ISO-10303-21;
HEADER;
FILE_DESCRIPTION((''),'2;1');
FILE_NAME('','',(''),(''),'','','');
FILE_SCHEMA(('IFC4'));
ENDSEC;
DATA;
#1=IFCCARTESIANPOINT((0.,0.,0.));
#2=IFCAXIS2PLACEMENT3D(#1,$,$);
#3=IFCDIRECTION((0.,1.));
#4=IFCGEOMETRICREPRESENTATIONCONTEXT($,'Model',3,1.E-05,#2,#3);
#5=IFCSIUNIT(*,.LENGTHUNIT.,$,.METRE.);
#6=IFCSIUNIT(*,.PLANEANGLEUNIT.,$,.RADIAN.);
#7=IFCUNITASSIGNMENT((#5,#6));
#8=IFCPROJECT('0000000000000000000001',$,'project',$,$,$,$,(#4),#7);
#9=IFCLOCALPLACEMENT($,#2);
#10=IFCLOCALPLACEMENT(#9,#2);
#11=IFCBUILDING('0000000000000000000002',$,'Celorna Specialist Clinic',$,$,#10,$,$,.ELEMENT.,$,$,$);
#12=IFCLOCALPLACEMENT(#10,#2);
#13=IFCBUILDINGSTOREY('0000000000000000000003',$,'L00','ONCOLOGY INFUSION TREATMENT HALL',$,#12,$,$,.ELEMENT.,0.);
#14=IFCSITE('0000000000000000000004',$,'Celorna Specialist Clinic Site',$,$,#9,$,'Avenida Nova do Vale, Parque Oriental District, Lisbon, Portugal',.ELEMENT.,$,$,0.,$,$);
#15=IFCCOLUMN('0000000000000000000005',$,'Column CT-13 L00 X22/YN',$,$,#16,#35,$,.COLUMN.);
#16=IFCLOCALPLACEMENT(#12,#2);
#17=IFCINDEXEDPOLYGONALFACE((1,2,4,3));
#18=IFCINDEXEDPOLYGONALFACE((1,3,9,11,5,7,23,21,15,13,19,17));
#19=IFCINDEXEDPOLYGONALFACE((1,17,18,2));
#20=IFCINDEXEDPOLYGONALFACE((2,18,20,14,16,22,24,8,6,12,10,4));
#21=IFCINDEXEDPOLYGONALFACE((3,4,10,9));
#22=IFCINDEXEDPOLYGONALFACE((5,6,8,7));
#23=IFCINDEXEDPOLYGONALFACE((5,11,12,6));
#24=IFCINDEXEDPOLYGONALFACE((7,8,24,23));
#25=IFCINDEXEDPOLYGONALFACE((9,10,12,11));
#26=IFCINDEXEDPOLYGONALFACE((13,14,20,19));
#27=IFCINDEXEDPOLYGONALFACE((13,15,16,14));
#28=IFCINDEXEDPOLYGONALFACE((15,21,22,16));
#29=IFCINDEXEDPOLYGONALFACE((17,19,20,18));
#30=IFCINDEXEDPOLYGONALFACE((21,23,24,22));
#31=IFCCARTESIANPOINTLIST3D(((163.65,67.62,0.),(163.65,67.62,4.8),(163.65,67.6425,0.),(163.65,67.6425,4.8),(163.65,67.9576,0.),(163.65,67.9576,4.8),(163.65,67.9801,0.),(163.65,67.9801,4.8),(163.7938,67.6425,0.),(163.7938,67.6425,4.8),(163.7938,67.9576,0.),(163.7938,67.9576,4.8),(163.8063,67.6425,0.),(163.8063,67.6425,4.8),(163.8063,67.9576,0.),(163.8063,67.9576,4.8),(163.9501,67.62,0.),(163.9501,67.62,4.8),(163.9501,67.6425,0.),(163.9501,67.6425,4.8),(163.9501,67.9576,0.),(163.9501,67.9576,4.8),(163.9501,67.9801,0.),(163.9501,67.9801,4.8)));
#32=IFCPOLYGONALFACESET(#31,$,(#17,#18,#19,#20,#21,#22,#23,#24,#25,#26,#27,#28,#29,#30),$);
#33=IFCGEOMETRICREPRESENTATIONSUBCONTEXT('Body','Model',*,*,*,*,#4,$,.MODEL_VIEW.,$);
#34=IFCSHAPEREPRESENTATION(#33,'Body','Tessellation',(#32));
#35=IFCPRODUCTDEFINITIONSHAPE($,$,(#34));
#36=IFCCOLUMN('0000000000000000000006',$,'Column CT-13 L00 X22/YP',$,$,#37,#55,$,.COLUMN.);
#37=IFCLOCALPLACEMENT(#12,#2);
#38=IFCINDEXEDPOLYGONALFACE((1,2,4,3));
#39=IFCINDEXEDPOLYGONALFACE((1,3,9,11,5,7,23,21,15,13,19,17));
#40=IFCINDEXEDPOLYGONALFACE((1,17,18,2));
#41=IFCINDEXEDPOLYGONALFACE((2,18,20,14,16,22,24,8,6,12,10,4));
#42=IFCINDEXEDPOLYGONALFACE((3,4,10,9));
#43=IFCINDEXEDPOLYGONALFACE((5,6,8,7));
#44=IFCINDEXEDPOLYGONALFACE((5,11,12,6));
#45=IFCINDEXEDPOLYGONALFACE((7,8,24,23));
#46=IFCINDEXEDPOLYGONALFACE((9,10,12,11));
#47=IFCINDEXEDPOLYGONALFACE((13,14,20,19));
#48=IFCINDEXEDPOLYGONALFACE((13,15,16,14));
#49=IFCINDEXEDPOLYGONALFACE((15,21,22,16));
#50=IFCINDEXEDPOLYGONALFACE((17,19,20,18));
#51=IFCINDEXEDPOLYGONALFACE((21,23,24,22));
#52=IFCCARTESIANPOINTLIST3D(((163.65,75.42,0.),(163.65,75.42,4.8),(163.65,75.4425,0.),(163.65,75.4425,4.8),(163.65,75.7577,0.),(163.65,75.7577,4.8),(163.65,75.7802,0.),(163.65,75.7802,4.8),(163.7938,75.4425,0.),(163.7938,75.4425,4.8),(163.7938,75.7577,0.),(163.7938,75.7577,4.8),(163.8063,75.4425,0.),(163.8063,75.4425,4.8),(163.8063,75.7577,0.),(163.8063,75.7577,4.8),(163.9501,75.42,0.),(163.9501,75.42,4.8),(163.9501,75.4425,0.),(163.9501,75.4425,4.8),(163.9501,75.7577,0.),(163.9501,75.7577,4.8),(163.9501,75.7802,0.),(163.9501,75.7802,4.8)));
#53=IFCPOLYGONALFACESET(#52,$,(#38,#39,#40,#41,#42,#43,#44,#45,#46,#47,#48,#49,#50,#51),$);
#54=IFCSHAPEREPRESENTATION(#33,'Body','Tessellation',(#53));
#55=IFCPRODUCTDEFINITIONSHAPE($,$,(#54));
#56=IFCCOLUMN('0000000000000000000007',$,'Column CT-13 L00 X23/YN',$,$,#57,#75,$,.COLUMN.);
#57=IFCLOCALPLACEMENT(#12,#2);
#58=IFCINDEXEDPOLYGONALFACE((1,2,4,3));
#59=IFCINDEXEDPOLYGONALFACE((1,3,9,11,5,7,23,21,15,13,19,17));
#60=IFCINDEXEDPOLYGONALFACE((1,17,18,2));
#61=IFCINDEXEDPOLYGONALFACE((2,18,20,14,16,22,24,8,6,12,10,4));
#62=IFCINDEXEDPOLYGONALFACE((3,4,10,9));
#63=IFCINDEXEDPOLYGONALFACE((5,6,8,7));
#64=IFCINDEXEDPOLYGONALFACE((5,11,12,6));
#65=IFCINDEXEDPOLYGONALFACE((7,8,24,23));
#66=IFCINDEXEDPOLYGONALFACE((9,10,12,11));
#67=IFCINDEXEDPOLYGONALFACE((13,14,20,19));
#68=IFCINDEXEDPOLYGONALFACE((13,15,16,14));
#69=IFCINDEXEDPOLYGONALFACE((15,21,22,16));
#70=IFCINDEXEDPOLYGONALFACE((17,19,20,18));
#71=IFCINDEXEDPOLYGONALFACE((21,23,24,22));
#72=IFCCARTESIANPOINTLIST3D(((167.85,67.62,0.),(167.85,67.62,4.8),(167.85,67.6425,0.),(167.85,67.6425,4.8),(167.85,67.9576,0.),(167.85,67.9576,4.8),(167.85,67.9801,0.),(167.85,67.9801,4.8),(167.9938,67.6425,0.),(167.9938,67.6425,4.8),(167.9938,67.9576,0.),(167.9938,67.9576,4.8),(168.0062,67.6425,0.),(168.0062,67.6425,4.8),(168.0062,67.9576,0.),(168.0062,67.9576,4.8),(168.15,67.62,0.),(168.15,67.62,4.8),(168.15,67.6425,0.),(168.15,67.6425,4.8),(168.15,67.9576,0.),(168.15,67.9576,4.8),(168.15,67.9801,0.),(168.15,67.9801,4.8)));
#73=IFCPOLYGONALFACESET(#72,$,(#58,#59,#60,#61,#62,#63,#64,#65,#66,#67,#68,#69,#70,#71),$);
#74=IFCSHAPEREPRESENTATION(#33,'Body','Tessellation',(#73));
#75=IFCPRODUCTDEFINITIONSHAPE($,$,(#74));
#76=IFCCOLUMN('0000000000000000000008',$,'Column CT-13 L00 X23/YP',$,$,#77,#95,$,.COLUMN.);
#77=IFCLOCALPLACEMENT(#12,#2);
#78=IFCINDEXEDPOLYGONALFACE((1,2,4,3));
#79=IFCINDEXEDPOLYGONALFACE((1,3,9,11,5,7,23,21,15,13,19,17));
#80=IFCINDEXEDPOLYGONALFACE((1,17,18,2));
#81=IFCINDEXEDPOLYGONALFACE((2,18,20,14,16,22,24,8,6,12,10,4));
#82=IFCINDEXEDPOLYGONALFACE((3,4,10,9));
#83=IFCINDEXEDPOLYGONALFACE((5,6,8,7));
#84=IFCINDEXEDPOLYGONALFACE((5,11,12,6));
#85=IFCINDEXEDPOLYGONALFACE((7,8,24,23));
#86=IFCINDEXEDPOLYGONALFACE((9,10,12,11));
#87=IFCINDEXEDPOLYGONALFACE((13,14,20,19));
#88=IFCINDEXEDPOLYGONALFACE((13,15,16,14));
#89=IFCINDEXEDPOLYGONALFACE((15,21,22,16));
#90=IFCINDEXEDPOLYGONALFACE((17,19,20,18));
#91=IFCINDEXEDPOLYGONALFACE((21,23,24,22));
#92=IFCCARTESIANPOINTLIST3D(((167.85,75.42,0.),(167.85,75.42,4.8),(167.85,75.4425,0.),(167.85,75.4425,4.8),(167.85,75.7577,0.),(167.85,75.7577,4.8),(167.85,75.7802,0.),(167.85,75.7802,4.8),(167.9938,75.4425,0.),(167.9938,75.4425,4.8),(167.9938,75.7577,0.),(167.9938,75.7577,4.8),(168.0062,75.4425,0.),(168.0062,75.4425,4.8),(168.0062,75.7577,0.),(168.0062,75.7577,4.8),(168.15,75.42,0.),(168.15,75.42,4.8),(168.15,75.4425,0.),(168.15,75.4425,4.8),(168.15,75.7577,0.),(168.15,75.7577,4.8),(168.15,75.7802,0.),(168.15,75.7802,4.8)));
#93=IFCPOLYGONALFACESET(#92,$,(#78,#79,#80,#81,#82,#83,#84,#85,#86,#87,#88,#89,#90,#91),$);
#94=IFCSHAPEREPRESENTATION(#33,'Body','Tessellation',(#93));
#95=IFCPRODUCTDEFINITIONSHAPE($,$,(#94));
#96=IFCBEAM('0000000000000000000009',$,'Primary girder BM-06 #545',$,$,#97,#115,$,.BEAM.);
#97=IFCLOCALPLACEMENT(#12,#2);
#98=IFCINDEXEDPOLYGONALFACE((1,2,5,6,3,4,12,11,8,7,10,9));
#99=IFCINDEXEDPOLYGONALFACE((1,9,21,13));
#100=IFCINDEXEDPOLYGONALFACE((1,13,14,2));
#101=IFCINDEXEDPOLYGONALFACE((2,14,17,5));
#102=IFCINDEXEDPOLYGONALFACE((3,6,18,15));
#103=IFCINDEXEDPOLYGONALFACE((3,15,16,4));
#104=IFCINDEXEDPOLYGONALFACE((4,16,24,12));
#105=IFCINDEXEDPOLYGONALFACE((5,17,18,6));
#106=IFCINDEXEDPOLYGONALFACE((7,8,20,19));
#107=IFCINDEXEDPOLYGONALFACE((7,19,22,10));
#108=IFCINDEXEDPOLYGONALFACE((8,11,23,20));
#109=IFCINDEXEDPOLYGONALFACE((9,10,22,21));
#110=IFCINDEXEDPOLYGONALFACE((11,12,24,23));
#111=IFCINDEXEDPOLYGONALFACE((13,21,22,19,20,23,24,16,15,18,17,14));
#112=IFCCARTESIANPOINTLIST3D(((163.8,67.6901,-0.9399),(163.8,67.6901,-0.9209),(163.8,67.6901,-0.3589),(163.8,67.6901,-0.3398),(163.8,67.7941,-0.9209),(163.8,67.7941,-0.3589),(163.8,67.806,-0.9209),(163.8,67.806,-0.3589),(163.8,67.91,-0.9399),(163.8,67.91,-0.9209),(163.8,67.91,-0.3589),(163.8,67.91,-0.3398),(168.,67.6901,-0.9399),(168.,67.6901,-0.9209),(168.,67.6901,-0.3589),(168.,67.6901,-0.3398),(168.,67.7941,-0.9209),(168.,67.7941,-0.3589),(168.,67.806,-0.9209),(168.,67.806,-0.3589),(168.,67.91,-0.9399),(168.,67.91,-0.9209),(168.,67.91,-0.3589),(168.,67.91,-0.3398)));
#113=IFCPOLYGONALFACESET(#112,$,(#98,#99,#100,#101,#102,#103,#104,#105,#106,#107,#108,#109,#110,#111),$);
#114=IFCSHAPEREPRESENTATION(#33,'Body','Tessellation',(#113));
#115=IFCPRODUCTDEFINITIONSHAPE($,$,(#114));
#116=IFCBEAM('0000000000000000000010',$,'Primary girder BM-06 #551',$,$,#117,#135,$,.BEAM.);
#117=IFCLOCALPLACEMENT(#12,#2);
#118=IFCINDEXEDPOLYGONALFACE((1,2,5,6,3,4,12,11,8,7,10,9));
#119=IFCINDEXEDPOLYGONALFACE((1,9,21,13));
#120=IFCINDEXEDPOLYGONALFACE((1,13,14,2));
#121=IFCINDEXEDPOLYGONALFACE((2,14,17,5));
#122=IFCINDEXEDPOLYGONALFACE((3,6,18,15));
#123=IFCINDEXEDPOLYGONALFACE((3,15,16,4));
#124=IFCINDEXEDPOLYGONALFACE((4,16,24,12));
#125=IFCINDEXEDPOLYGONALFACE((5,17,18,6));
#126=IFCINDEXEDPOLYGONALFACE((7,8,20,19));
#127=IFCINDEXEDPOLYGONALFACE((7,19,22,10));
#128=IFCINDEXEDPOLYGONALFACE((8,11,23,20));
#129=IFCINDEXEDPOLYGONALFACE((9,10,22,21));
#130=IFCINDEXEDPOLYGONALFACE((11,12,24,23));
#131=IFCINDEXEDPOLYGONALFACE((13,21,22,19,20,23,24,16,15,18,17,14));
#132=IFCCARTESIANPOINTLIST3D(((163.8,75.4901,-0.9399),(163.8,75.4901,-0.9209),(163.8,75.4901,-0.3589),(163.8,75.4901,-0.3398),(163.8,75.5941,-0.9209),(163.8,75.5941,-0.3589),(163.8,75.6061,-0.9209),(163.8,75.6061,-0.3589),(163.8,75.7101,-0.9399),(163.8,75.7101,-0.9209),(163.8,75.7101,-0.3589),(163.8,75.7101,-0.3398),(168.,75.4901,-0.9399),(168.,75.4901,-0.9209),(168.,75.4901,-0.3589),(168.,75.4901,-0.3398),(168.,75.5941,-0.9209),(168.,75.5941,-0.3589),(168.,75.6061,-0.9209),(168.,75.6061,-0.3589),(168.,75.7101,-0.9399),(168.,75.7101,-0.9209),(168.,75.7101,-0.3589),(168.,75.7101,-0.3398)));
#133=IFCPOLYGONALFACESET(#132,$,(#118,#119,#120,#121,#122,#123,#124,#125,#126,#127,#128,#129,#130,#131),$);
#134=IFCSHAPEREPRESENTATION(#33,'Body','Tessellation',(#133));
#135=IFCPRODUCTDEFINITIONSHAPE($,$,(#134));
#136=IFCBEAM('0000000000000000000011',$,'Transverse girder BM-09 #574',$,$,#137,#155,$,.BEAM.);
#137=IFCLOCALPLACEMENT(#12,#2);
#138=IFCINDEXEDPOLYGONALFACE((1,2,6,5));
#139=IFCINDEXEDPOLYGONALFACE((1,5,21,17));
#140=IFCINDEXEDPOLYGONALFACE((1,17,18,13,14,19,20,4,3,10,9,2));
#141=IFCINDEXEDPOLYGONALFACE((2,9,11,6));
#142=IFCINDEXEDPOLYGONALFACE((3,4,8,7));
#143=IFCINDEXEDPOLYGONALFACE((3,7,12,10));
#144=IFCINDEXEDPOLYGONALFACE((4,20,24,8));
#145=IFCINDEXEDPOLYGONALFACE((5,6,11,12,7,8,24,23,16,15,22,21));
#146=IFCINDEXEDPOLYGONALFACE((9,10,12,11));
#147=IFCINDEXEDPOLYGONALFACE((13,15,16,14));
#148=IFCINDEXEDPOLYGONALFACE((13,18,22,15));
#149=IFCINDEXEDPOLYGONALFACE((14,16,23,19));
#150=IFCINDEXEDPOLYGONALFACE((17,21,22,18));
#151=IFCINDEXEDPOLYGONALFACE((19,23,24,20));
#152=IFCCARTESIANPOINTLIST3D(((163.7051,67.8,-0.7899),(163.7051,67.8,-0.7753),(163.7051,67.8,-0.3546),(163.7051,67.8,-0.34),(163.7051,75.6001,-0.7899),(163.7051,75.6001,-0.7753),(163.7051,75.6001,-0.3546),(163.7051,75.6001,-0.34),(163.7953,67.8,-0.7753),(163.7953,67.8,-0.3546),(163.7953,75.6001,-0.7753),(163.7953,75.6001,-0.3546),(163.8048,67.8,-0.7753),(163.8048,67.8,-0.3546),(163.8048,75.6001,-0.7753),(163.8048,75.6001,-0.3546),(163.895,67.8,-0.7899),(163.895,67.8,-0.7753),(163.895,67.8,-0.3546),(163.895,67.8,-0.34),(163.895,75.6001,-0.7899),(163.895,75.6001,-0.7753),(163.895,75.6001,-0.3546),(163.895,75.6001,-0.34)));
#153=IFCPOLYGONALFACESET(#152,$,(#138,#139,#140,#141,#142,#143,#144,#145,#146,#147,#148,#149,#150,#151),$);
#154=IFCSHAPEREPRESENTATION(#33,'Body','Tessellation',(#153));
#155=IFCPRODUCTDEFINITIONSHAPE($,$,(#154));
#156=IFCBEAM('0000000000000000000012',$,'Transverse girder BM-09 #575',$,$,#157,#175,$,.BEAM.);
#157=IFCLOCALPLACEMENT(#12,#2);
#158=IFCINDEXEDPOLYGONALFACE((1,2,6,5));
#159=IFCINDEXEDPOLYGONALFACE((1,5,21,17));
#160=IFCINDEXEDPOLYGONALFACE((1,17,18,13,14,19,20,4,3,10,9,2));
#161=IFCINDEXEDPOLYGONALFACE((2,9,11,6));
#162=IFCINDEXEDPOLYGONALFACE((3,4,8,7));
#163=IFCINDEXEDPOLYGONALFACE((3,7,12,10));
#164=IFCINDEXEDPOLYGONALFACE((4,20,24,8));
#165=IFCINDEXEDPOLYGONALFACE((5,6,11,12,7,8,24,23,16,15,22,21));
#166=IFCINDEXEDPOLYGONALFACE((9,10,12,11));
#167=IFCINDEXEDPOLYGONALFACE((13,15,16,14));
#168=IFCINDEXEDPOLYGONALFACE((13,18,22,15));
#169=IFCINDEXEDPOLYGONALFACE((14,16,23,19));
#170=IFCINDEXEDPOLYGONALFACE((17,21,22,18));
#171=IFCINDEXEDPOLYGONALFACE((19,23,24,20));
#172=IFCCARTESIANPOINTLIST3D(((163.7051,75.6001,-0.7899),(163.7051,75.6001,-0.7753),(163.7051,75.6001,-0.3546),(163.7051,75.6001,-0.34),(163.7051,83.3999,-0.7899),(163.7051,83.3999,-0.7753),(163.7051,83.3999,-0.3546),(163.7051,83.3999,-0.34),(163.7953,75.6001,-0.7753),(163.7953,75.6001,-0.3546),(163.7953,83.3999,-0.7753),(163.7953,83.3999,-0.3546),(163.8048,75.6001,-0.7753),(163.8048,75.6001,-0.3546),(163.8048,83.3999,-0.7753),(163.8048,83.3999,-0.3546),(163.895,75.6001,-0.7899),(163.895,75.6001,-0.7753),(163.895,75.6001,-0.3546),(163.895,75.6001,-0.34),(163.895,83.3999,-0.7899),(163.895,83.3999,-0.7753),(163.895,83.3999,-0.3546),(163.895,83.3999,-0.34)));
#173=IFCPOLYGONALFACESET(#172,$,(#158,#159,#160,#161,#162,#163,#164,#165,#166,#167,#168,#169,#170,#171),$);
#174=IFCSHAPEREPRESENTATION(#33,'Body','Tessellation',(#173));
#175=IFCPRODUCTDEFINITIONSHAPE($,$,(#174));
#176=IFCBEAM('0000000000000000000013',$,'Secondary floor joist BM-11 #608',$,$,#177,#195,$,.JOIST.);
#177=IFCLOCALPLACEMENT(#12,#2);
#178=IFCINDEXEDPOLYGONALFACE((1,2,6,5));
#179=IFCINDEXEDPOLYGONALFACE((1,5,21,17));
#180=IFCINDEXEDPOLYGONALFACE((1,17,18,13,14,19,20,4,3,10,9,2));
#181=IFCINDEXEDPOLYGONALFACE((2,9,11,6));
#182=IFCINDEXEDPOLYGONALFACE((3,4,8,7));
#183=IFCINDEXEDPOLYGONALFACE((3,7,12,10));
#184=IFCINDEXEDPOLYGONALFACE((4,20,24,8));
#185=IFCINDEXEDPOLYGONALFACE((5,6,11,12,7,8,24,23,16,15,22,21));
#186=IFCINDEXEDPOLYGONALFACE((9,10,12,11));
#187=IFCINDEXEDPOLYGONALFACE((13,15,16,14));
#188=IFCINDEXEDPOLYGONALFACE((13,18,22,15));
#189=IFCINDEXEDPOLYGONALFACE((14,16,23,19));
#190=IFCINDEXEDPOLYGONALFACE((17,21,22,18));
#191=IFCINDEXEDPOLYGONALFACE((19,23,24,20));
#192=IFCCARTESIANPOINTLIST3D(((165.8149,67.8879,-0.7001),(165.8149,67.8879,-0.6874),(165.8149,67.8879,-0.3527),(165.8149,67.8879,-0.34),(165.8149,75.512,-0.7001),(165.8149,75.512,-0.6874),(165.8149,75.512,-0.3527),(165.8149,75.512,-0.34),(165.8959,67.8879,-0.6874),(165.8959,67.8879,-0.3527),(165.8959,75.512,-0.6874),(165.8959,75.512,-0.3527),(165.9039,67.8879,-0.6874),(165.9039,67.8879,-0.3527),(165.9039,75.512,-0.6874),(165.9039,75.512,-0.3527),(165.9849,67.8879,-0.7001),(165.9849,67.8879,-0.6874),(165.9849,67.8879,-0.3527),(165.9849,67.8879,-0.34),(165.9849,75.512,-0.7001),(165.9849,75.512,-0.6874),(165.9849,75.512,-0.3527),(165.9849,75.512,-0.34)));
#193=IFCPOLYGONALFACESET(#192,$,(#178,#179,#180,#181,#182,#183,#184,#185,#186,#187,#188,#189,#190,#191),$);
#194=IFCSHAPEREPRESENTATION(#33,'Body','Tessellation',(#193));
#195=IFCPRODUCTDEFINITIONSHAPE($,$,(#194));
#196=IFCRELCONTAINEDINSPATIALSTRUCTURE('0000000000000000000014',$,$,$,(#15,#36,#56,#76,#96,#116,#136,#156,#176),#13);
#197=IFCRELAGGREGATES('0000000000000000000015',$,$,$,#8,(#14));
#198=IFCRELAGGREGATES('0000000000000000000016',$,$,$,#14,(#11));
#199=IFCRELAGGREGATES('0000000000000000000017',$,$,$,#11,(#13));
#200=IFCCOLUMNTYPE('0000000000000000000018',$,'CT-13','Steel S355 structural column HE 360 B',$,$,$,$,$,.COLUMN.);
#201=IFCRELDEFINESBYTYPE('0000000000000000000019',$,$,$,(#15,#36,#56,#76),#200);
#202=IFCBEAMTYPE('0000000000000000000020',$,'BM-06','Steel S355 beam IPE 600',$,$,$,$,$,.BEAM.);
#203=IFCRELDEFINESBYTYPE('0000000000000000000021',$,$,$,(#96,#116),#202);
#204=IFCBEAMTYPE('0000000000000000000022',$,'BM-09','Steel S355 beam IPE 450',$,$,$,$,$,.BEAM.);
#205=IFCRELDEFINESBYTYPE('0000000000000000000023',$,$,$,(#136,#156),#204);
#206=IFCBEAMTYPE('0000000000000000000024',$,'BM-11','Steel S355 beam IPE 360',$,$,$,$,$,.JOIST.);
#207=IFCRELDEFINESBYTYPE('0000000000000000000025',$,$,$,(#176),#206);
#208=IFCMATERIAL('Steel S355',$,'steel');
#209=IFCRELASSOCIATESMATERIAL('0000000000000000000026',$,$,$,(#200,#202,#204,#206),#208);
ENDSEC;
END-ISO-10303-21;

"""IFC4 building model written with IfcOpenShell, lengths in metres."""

from ifc_helpers import new_model, si_unit, direction, frame, origin, origin_2d, place, context, subcontext, project, spatial, i_section, extrude, material, material_profile, profile_set, type_object, element, save


model = new_model("IFC4")

# Units and contexts
model_context = context("Model", 3, precision=1e-05, world=origin(), true_north=direction((0.0, 1.0)))
body_context = subcontext(model_context, "Body", "Model", "MODEL_VIEW")
ifc_project = project(units=[si_unit("LENGTHUNIT", "METRE"), si_unit("PLANEANGLEUNIT", "RADIAN")], contexts=[model_context])

# Site, building, storey
site_placement = place(None, origin())
site = spatial("IfcSite", under=ifc_project, at=site_placement, Name="Celorna Specialist Clinic Site", LongName="Avenida Nova do Vale, Parque Oriental District, Lisbon, Portugal", CompositionType="ELEMENT", RefElevation=0.0)
building_placement = place(site_placement, origin())
building = spatial("IfcBuilding", under=site, at=building_placement, Name="Celorna Specialist Clinic", CompositionType="ELEMENT")
storey_placement = place(building_placement, origin())
storey = spatial("IfcBuildingStorey", under=building, at=storey_placement, Name="L00", Description="ONCOLOGY INFUSION TREATMENT HALL", CompositionType="ELEMENT", Elevation=0.0)

# Columns
ifc_material_1 = material(Name="Steel S355", Category="steel")
ifc_material_profile_1 = material_profile(ifc_material_1, i_section(OverallWidth=0.3, OverallDepth=0.3601, WebThickness=0.0125, FlangeThickness=0.0225, at=origin_2d()), Name="HE 360 B")
ifc_profile_set_1 = profile_set([ifc_material_profile_1], Name="Steel S355")
column_type = type_object("IfcColumnType", Name="CT-13", Description="Steel S355 structural column HE 360 B", PredefinedType="COLUMN", material=ifc_profile_set_1)
for number, where, z_axis, x_axis, name in (
    (1, (163.8, 67.8, 0.0), (0.0, 0.0, 1.0), (1.0, 0.0, 0.0), "Column CT-13 L00 X22/YN"),
    (2, (163.8, 75.6001, 0.0), (0.0, 0.0, 1.0), (1.0, 0.0, 0.0), "Column CT-13 L00 X22/YP"),
    (3, (168.0, 67.8, 0.0), (0.0, 0.0, 1.0), (1.0, 0.0, 0.0), "Column CT-13 L00 X23/YN"),
    (4, (168.0, 75.6001, 0.0), (0.0, 0.0, 1.0), (1.0, 0.0, 0.0), "Column CT-13 L00 X23/YP"),
):
    element("IfcColumn", number, at=place(storey_placement, frame(where, z_axis=z_axis, x_axis=x_axis)), inside=storey, type_object=column_type, Name=name, PredefinedType="COLUMN", context=body_context, shape_type="SweptSolid", body=[
        extrude(i_section(OverallWidth=0.3, OverallDepth=0.3601, WebThickness=0.0125, FlangeThickness=0.0225, at=origin_2d()), origin(), (0.0, 0.0, 1.0), 4.8),
    ])

# Beams
ifc_material_profile_2 = material_profile(ifc_material_1, i_section(OverallWidth=0.22, OverallDepth=0.6001, WebThickness=0.012, FlangeThickness=0.019, at=origin_2d()), Name="IPE 600")
ifc_profile_set_2 = profile_set([ifc_material_profile_2], Name="Steel S355")
beam_type_1 = type_object("IfcBeamType", Name="BM-06", Description="Steel S355 beam IPE 600", PredefinedType="BEAM", material=ifc_profile_set_2)
for number, where, z_axis, x_axis, name in (
    (5, (163.8, 67.8, -0.6399), (1.0, 0.0, 0.0), (0.0, 1.0, 0.0), "Primary girder BM-06 #545"),
    (6, (163.8, 75.6001, -0.6399), (1.0, 0.0, 0.0), (0.0, 1.0, 0.0), "Primary girder BM-06 #551"),
):
    element("IfcBeam", number, at=place(storey_placement, frame(where, z_axis=z_axis, x_axis=x_axis)), inside=storey, type_object=beam_type_1, Name=name, PredefinedType="BEAM", context=body_context, shape_type="SweptSolid", body=[
        extrude(i_section(OverallWidth=0.22, OverallDepth=0.6001, WebThickness=0.012, FlangeThickness=0.019, at=origin_2d()), origin(), (0.0, 0.0, 1.0), 4.2),
    ])
ifc_material_profile_3 = material_profile(ifc_material_1, i_section(OverallWidth=0.1899, OverallDepth=0.45, WebThickness=0.0095, FlangeThickness=0.0146, at=origin_2d()), Name="IPE 450")
ifc_profile_set_3 = profile_set([ifc_material_profile_3], Name="Steel S355")
beam_type_2 = type_object("IfcBeamType", Name="BM-09", Description="Steel S355 beam IPE 450", PredefinedType="BEAM", material=ifc_profile_set_3)
beam_1_placement = place(storey_placement, frame((163.8, 67.8, -0.5649), z_axis=(0.0, 1.0, 0.0), x_axis=(-1.0, 0.0, 0.0)))
element("IfcBeam", 7, at=beam_1_placement, inside=storey, type_object=beam_type_2, Name="Transverse girder BM-09 #574", PredefinedType="BEAM", context=body_context, shape_type="SweptSolid", body=[
    extrude(i_section(OverallWidth=0.1899, OverallDepth=0.45, WebThickness=0.0095, FlangeThickness=0.0146, at=origin_2d()), origin(), (0.0, 0.0, 1.0), 7.8),
])
beam_2_placement = place(storey_placement, frame((163.8, 75.6001, -0.5649), z_axis=(0.0, 1.0, 0.0), x_axis=(-1.0, 0.0, 0.0)))
element("IfcBeam", 8, at=beam_2_placement, inside=storey, type_object=beam_type_2, Name="Transverse girder BM-09 #575", PredefinedType="BEAM", context=body_context, shape_type="SweptSolid", body=[
    extrude(i_section(OverallWidth=0.1899, OverallDepth=0.45, WebThickness=0.0095, FlangeThickness=0.0146, at=origin_2d()), origin(), (0.0, 0.0, 1.0), 7.7998),
])
ifc_material_profile_4 = material_profile(ifc_material_1, i_section(OverallWidth=0.1699, OverallDepth=0.3601, WebThickness=0.0081, FlangeThickness=0.0127, at=origin_2d()), Name="IPE 360")
ifc_profile_set_4 = profile_set([ifc_material_profile_4], Name="Steel S355")
beam_type_3 = type_object("IfcBeamType", Name="BM-11", Description="Steel S355 beam IPE 360", PredefinedType="JOIST", material=ifc_profile_set_4)
for number, where, z_axis, x_axis, name in (
    (9, (165.8999, 67.8879, -0.52), (0.0, 1.0, 0.0), (-1.0, 0.0, 0.0), "Secondary floor joist BM-11 #608"),
):
    element("IfcBeam", number, at=place(storey_placement, frame(where, z_axis=z_axis, x_axis=x_axis)), inside=storey, type_object=beam_type_3, Name=name, PredefinedType="JOIST", context=body_context, shape_type="SweptSolid", body=[
        extrude(i_section(OverallWidth=0.1699, OverallDepth=0.3601, WebThickness=0.0081, FlangeThickness=0.0127, at=origin_2d()), origin(), (0.0, 0.0, 1.0), 7.624),
    ])

save(model, "model.ifc")
